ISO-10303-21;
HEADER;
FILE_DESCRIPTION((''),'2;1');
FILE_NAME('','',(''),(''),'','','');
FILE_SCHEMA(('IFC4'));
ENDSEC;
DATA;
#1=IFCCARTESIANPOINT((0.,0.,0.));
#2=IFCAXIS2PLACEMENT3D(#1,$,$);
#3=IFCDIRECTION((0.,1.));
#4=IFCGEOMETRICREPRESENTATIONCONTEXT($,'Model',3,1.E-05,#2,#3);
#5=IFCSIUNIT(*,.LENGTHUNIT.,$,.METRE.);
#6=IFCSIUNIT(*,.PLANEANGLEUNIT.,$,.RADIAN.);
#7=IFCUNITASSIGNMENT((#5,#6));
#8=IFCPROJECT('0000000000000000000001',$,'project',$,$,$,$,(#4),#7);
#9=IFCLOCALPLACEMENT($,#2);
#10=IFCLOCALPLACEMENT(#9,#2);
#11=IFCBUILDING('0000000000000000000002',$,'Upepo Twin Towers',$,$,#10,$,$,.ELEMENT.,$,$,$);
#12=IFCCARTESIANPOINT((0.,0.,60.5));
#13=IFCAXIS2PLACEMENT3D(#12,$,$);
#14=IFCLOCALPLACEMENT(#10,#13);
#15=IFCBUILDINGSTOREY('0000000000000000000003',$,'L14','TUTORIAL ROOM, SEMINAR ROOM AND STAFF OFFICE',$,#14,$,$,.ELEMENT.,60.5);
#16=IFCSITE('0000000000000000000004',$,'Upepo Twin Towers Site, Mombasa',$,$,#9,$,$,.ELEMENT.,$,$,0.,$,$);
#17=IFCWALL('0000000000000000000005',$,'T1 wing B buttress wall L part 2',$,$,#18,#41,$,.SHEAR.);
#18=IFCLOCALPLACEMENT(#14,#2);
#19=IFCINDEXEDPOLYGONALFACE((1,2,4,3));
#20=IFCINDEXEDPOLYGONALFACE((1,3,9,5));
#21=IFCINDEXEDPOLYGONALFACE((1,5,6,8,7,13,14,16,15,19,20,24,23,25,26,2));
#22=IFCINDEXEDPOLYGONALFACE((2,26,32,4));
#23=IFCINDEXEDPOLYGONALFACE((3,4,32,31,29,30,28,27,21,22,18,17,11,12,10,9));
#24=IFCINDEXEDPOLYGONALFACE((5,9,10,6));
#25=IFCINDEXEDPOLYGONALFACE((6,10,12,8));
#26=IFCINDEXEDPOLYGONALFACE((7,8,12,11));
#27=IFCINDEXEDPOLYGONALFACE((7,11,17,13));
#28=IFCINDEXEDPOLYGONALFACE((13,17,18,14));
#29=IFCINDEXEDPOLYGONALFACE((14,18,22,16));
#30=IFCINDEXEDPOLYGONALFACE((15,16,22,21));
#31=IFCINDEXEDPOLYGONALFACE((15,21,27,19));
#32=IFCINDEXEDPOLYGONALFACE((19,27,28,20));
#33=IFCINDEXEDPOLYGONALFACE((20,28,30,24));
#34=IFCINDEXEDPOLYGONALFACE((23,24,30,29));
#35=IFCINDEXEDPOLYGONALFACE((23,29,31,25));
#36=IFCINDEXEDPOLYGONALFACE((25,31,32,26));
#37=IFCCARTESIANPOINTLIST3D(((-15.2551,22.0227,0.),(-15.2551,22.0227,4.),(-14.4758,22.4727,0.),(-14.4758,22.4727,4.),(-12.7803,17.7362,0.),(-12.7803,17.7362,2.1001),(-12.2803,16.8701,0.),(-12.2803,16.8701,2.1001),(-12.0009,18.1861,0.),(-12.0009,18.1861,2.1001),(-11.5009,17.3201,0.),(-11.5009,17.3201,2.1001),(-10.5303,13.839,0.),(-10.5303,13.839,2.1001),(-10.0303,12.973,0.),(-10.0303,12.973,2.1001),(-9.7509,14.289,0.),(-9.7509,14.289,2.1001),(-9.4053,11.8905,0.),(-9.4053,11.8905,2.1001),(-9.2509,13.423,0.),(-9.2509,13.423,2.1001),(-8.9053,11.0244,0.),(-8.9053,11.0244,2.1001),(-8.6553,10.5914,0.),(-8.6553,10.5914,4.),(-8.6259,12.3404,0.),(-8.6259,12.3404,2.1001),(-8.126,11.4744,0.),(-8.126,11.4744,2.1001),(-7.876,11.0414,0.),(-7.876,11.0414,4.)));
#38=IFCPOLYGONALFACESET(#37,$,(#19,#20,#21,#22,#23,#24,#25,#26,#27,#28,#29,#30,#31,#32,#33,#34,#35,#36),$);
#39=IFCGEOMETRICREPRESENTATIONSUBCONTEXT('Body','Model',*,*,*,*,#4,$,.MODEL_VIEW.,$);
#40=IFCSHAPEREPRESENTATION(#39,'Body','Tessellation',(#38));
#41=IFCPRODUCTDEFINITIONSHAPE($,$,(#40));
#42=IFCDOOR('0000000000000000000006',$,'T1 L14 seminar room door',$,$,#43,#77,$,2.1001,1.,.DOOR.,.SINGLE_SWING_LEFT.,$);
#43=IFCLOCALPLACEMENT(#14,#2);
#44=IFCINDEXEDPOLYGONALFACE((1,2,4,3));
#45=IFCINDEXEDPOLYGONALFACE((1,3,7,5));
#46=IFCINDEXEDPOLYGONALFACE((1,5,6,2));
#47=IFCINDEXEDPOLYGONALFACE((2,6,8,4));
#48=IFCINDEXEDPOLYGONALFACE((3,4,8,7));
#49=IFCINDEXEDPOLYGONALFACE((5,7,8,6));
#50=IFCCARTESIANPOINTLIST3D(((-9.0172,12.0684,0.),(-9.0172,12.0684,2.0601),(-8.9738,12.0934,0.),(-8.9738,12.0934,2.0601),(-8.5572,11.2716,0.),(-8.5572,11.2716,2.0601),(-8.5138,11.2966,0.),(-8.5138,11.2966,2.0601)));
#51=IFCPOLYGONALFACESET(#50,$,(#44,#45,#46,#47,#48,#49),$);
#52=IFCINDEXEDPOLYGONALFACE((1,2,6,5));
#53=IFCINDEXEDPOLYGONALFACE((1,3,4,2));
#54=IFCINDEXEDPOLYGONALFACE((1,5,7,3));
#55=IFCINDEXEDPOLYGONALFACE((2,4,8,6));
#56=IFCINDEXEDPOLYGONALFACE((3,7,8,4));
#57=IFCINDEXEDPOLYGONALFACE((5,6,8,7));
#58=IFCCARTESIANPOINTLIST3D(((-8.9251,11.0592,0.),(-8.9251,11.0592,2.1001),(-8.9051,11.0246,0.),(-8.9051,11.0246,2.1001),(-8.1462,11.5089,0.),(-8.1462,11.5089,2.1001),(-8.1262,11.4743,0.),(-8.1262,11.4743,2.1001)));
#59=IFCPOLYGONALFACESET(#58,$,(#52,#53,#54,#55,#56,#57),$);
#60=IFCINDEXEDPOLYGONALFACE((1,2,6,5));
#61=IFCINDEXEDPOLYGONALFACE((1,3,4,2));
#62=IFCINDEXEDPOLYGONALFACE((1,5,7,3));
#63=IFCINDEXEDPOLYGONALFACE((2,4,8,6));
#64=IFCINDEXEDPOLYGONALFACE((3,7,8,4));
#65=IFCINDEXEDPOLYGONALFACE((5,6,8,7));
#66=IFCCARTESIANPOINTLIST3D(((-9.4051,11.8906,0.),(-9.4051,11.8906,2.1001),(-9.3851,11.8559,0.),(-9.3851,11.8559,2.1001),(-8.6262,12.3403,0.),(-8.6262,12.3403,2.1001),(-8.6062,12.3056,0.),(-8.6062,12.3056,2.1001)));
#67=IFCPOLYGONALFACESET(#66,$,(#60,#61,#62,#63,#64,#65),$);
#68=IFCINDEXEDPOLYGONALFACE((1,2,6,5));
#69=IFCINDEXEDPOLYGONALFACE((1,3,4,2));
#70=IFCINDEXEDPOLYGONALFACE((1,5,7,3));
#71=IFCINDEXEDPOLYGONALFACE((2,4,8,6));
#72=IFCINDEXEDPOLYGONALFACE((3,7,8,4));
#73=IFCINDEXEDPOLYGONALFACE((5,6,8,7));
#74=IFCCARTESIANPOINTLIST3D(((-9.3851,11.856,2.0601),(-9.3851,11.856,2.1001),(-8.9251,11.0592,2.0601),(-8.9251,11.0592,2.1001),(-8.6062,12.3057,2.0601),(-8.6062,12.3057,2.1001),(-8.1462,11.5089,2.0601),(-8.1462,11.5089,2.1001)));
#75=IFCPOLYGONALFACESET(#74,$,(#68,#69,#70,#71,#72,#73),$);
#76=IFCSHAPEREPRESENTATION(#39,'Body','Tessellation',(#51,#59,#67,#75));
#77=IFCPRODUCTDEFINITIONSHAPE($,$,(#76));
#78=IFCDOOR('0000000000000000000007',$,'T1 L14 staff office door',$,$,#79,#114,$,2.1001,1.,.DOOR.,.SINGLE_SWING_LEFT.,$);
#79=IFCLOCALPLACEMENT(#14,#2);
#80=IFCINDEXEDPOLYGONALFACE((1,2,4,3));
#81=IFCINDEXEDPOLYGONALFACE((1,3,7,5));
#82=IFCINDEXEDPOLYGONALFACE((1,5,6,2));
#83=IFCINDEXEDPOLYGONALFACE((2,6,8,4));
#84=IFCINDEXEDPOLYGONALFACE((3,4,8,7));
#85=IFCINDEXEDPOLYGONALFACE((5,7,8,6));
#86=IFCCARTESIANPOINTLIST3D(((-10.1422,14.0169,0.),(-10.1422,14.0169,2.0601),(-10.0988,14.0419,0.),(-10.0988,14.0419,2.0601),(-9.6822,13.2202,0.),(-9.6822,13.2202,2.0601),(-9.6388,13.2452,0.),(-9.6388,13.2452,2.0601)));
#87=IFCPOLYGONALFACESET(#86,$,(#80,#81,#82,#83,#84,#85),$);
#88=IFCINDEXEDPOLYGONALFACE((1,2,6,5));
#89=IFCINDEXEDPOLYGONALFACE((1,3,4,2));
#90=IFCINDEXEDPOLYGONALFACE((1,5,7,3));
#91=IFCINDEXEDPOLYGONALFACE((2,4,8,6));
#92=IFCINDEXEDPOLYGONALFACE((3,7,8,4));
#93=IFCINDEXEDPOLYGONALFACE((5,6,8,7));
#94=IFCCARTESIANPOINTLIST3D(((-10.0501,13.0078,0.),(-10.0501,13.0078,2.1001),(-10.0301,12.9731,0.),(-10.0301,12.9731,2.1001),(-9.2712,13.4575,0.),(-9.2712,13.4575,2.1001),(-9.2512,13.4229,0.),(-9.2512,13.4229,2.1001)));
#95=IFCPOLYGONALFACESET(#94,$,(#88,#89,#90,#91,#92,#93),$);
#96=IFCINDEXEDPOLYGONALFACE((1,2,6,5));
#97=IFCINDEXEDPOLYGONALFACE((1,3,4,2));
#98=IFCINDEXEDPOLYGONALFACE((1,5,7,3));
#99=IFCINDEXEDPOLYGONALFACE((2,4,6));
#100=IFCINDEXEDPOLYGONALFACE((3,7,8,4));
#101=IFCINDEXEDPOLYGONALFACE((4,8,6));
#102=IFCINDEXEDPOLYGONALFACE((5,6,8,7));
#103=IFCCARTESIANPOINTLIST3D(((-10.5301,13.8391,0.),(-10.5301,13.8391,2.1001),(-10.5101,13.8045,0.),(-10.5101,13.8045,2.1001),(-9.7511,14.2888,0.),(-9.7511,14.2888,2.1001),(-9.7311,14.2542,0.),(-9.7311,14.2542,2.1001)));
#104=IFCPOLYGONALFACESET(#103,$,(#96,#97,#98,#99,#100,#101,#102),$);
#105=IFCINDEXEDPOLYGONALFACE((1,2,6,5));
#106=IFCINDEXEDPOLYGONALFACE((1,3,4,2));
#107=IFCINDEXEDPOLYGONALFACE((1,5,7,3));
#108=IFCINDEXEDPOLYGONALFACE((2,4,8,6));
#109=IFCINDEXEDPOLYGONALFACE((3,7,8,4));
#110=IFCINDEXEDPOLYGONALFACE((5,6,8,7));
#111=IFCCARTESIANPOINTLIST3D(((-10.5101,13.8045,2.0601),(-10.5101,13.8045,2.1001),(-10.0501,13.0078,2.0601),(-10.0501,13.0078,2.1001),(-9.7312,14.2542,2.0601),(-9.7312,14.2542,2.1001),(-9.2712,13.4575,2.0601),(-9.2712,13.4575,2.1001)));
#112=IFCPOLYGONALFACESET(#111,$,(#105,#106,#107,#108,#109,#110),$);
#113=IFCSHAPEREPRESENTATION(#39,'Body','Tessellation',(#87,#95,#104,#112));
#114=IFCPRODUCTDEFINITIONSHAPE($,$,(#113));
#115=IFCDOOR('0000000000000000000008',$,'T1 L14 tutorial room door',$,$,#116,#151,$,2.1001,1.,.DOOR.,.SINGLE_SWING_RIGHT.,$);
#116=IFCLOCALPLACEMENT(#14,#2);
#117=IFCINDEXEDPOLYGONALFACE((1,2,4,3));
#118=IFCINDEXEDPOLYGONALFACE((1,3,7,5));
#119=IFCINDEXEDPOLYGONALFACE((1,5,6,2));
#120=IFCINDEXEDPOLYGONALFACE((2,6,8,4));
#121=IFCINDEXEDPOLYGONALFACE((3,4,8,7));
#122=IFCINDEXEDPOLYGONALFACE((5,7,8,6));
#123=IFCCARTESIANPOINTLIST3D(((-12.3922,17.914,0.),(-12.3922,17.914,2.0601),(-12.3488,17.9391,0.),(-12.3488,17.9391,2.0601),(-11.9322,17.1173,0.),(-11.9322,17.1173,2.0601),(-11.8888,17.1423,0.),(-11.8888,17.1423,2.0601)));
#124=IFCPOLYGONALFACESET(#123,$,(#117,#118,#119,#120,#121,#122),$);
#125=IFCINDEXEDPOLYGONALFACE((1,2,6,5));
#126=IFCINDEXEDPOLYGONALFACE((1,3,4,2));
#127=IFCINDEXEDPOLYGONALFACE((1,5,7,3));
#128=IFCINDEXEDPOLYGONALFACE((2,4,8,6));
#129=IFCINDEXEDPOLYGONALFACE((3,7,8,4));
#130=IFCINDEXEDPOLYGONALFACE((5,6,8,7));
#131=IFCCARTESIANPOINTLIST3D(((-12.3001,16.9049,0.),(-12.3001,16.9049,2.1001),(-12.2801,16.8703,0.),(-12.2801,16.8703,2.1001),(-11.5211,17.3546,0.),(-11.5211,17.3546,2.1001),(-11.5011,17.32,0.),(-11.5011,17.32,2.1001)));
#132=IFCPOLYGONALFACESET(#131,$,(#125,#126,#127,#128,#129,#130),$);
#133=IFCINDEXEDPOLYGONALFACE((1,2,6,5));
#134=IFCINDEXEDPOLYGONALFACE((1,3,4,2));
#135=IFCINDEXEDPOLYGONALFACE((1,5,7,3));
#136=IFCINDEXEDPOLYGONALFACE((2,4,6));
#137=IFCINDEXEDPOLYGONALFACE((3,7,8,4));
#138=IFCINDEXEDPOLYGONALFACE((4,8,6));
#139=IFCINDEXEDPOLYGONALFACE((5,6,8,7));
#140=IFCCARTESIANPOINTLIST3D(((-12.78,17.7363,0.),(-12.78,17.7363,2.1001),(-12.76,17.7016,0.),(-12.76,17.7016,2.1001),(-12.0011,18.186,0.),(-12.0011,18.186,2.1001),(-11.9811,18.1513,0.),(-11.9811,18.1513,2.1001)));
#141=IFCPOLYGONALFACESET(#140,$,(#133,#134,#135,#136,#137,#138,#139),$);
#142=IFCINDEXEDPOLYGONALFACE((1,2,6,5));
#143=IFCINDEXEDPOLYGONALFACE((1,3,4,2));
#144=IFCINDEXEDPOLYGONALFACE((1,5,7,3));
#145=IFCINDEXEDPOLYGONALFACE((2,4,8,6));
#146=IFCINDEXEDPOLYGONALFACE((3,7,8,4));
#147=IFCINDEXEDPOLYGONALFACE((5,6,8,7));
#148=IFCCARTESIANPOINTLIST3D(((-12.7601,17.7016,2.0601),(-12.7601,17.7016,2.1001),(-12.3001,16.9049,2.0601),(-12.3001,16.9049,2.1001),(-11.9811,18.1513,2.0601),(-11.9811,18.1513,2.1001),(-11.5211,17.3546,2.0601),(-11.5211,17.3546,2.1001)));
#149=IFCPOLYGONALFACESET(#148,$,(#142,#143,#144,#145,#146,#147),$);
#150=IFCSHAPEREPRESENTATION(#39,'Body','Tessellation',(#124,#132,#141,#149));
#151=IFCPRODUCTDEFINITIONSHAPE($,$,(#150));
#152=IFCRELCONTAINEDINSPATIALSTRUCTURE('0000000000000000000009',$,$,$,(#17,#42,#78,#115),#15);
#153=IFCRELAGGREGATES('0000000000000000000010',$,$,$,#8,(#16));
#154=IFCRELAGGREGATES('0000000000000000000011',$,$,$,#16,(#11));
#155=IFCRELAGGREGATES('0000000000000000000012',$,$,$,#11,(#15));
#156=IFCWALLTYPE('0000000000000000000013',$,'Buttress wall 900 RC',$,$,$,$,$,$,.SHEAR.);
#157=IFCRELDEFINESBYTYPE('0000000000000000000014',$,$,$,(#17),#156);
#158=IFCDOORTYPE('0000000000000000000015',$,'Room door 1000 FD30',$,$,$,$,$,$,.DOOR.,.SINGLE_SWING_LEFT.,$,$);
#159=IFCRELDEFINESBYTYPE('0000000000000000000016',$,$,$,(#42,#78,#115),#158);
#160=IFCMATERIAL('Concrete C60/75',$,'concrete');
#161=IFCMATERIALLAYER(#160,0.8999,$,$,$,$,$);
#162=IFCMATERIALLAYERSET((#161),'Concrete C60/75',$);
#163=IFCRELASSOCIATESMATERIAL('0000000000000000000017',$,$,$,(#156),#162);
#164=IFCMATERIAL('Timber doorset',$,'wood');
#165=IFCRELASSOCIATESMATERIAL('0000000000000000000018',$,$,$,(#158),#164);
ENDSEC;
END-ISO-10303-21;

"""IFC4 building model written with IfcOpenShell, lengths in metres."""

from ifc_helpers import new_model, si_unit, direction, frame, frame_2d, origin, place, context, subcontext, project, spatial, rectangle, extrude, material, layer, layer_set, type_object, element, fill, save


model = new_model("IFC4")

# Units and contexts
model_context = context("Model", 3, precision=1e-05, world=origin(), true_north=direction((0.0, 1.0)))
body_context = subcontext(model_context, "Body", "Model", "MODEL_VIEW")
ifc_project = project(units=[si_unit("LENGTHUNIT", "METRE"), si_unit("PLANEANGLEUNIT", "RADIAN")], contexts=[model_context])

# Site, building, storey
site_placement = place(None, origin())
site = spatial("IfcSite", under=ifc_project, at=site_placement, Name="Upepo Twin Towers Site, Mombasa", CompositionType="ELEMENT", RefElevation=0.0)
building_placement = place(site_placement, origin())
building = spatial("IfcBuilding", under=site, at=building_placement, Name="Upepo Twin Towers", CompositionType="ELEMENT")
storey_placement = place(building_placement, frame((0.0, 0.0, 60.5)))
storey = spatial("IfcBuildingStorey", under=building, at=storey_placement, Name="L14", Description="TUTORIAL ROOM, SEMINAR ROOM AND STAFF OFFICE", CompositionType="ELEMENT", Elevation=60.5)

# Wall, openings, doors
ifc_material_1 = material(Name="Concrete C60/75", Category="concrete")
ifc_layer_1 = layer(ifc_material_1, 0.8999)
ifc_layer_set_1 = layer_set([ifc_layer_1], Name="Concrete C60/75")
wall_type_1 = type_object("IfcWallType", Name="Buttress wall 900 RC", PredefinedType="SHEAR", material=ifc_layer_set_1)
wall_1_placement = place(storey_placement, frame((-8.2656, 10.8164, 0.0), z_axis=(0.0, 0.0, 1.0), x_axis=(-0.499996, 0.866028, 0.0)))
wall_1 = element("IfcWall", 1, at=wall_1_placement, inside=storey, type_object=wall_type_1, Name="T1 wing B buttress wall L part 2", PredefinedType="SHEAR", context=body_context, shape_type="SweptSolid", body=[
    extrude(rectangle(XDim=13.1997, YDim=0.8999, at=frame_2d((6.5999, 0.0))), origin(), (0.0, 0.0, 1.0), 4.0),
])
opening_1_placement = place(wall_1_placement, frame((0.5, 0.0, 0.0)))
opening_1 = element("IfcOpeningElement", 2, at=opening_1_placement, cuts=wall_1, PredefinedType="OPENING", context=body_context, shape_type="SweptSolid", body=[
    extrude(rectangle(XDim=1.0, YDim=2.1001, at=frame_2d((0.5, 1.05))), frame((0.0, 0.46, 0.0), z_axis=(0.0, -1.0, 0.0), x_axis=(1.0, 0.0, 0.0)), (0.0, 0.0, 1.0), 0.9199),
])
opening_2_placement = place(wall_1_placement, frame((2.75, 0.0, 0.0)))
opening_2 = element("IfcOpeningElement", 3, at=opening_2_placement, cuts=wall_1, PredefinedType="OPENING", context=body_context, shape_type="SweptSolid", body=[
    extrude(rectangle(XDim=1.0, YDim=2.1001, at=frame_2d((0.5, 1.05))), frame((0.0, 0.46, 0.0), z_axis=(0.0, -1.0, 0.0), x_axis=(1.0, 0.0, 0.0)), (0.0, 0.0, 1.0), 0.9199),
])
opening_3_placement = place(wall_1_placement, frame((7.25, 0.0, 0.0)))
opening_3 = element("IfcOpeningElement", 4, at=opening_3_placement, cuts=wall_1, PredefinedType="OPENING", context=body_context, shape_type="SweptSolid", body=[
    extrude(rectangle(XDim=1.0, YDim=2.1001, at=frame_2d((0.5, 1.05))), frame((0.0, 0.46, 0.0), z_axis=(0.0, -1.0, 0.0), x_axis=(1.0, 0.0, 0.0)), (0.0, 0.0, 1.0), 0.9199),
])
ifc_material_2 = material(Name="Timber doorset", Category="wood")
door_type_1 = type_object("IfcDoorType", Name="Room door 1000 FD30", OperationType="SINGLE_SWING_LEFT", PredefinedType="DOOR", material=ifc_material_2)
door_1_placement = place(opening_1_placement, origin())
door_1 = element("IfcDoor", 5, at=door_1_placement, inside=storey, type_object=door_type_1, Name="T1 L14 seminar room door", OperationType="SINGLE_SWING_LEFT", OverallHeight=2.1001, OverallWidth=1.0, PredefinedType="DOOR", context=body_context, shape_type="SweptSolid", body=[
    extrude(rectangle(XDim=0.92, YDim=2.0601, at=frame_2d((0.5, 1.03))), frame((0.0, 0.0249, 0.0), z_axis=(0.0, -1.0, 0.0), x_axis=(1.0, 0.0, 0.0)), (0.0, 0.0, 1.0), 0.05),
    extrude(rectangle(XDim=0.04, YDim=2.1001, at=frame_2d((0.02, 1.05))), frame((0.0, 0.4497, 0.0), z_axis=(0.0, -1.0, 0.0), x_axis=(1.0, 0.0, 0.0)), (0.0, 0.0, 1.0), 0.8994),
    extrude(rectangle(XDim=0.04, YDim=2.1001, at=frame_2d((0.98, 1.05))), frame((0.0, 0.4497, 0.0), z_axis=(0.0, -1.0, 0.0), x_axis=(1.0, 0.0, 0.0)), (0.0, 0.0, 1.0), 0.8994),
    extrude(rectangle(XDim=0.92, YDim=0.04, at=frame_2d((0.5, 2.0801))), frame((0.0, 0.4497, 0.0), z_axis=(0.0, -1.0, 0.0), x_axis=(1.0, 0.0, 0.0)), (0.0, 0.0, 1.0), 0.8994),
])
fill(opening_1, door_1)
door_2_placement = place(opening_2_placement, origin())
door_2 = element("IfcDoor", 6, at=door_2_placement, inside=storey, type_object=door_type_1, Name="T1 L14 staff office door", OperationType="SINGLE_SWING_LEFT", OverallHeight=2.1001, OverallWidth=1.0, PredefinedType="DOOR", context=body_context, shape_type="SweptSolid", body=[
    extrude(rectangle(XDim=0.92, YDim=2.0601, at=frame_2d((0.5, 1.03))), frame((0.0, 0.0249, 0.0), z_axis=(0.0, -1.0, 0.0), x_axis=(1.0, 0.0, 0.0)), (0.0, 0.0, 1.0), 0.05),
    extrude(rectangle(XDim=0.04, YDim=2.1001, at=frame_2d((0.02, 1.05))), frame((0.0, 0.4497, 0.0), z_axis=(0.0, -1.0, 0.0), x_axis=(1.0, 0.0, 0.0)), (0.0, 0.0, 1.0), 0.8994),
    extrude(rectangle(XDim=0.04, YDim=2.1001, at=frame_2d((0.98, 1.05))), frame((0.0, 0.4497, 0.0), z_axis=(0.0, -1.0, 0.0), x_axis=(1.0, 0.0, 0.0)), (0.0, 0.0, 1.0), 0.8994),
    extrude(rectangle(XDim=0.92, YDim=0.04, at=frame_2d((0.5, 2.0801))), frame((0.0, 0.4497, 0.0), z_axis=(0.0, -1.0, 0.0), x_axis=(1.0, 0.0, 0.0)), (0.0, 0.0, 1.0), 0.8994),
])
fill(opening_2, door_2)
door_3_placement = place(opening_3_placement, origin())
door_3 = element("IfcDoor", 7, at=door_3_placement, inside=storey, type_object=door_type_1, Name="T1 L14 tutorial room door", OperationType="SINGLE_SWING_RIGHT", OverallHeight=2.1001, OverallWidth=1.0, PredefinedType="DOOR", context=body_context, shape_type="SweptSolid", body=[
    extrude(rectangle(XDim=0.92, YDim=2.0601, at=frame_2d((0.5, 1.03))), frame((0.0, 0.0249, 0.0), z_axis=(0.0, -1.0, 0.0), x_axis=(1.0, 0.0, 0.0)), (0.0, 0.0, 1.0), 0.05),
    extrude(rectangle(XDim=0.04, YDim=2.1001, at=frame_2d((0.02, 1.05))), frame((0.0, 0.4497, 0.0), z_axis=(0.0, -1.0, 0.0), x_axis=(1.0, 0.0, 0.0)), (0.0, 0.0, 1.0), 0.8994),
    extrude(rectangle(XDim=0.04, YDim=2.1001, at=frame_2d((0.98, 1.05))), frame((0.0, 0.4497, 0.0), z_axis=(0.0, -1.0, 0.0), x_axis=(1.0, 0.0, 0.0)), (0.0, 0.0, 1.0), 0.8994),
    extrude(rectangle(XDim=0.92, YDim=0.04, at=frame_2d((0.5, 2.0801))), frame((0.0, 0.4497, 0.0), z_axis=(0.0, -1.0, 0.0), x_axis=(1.0, 0.0, 0.0)), (0.0, 0.0, 1.0), 0.8994),
])
fill(opening_3, door_3)

save(model, "model.ifc")
